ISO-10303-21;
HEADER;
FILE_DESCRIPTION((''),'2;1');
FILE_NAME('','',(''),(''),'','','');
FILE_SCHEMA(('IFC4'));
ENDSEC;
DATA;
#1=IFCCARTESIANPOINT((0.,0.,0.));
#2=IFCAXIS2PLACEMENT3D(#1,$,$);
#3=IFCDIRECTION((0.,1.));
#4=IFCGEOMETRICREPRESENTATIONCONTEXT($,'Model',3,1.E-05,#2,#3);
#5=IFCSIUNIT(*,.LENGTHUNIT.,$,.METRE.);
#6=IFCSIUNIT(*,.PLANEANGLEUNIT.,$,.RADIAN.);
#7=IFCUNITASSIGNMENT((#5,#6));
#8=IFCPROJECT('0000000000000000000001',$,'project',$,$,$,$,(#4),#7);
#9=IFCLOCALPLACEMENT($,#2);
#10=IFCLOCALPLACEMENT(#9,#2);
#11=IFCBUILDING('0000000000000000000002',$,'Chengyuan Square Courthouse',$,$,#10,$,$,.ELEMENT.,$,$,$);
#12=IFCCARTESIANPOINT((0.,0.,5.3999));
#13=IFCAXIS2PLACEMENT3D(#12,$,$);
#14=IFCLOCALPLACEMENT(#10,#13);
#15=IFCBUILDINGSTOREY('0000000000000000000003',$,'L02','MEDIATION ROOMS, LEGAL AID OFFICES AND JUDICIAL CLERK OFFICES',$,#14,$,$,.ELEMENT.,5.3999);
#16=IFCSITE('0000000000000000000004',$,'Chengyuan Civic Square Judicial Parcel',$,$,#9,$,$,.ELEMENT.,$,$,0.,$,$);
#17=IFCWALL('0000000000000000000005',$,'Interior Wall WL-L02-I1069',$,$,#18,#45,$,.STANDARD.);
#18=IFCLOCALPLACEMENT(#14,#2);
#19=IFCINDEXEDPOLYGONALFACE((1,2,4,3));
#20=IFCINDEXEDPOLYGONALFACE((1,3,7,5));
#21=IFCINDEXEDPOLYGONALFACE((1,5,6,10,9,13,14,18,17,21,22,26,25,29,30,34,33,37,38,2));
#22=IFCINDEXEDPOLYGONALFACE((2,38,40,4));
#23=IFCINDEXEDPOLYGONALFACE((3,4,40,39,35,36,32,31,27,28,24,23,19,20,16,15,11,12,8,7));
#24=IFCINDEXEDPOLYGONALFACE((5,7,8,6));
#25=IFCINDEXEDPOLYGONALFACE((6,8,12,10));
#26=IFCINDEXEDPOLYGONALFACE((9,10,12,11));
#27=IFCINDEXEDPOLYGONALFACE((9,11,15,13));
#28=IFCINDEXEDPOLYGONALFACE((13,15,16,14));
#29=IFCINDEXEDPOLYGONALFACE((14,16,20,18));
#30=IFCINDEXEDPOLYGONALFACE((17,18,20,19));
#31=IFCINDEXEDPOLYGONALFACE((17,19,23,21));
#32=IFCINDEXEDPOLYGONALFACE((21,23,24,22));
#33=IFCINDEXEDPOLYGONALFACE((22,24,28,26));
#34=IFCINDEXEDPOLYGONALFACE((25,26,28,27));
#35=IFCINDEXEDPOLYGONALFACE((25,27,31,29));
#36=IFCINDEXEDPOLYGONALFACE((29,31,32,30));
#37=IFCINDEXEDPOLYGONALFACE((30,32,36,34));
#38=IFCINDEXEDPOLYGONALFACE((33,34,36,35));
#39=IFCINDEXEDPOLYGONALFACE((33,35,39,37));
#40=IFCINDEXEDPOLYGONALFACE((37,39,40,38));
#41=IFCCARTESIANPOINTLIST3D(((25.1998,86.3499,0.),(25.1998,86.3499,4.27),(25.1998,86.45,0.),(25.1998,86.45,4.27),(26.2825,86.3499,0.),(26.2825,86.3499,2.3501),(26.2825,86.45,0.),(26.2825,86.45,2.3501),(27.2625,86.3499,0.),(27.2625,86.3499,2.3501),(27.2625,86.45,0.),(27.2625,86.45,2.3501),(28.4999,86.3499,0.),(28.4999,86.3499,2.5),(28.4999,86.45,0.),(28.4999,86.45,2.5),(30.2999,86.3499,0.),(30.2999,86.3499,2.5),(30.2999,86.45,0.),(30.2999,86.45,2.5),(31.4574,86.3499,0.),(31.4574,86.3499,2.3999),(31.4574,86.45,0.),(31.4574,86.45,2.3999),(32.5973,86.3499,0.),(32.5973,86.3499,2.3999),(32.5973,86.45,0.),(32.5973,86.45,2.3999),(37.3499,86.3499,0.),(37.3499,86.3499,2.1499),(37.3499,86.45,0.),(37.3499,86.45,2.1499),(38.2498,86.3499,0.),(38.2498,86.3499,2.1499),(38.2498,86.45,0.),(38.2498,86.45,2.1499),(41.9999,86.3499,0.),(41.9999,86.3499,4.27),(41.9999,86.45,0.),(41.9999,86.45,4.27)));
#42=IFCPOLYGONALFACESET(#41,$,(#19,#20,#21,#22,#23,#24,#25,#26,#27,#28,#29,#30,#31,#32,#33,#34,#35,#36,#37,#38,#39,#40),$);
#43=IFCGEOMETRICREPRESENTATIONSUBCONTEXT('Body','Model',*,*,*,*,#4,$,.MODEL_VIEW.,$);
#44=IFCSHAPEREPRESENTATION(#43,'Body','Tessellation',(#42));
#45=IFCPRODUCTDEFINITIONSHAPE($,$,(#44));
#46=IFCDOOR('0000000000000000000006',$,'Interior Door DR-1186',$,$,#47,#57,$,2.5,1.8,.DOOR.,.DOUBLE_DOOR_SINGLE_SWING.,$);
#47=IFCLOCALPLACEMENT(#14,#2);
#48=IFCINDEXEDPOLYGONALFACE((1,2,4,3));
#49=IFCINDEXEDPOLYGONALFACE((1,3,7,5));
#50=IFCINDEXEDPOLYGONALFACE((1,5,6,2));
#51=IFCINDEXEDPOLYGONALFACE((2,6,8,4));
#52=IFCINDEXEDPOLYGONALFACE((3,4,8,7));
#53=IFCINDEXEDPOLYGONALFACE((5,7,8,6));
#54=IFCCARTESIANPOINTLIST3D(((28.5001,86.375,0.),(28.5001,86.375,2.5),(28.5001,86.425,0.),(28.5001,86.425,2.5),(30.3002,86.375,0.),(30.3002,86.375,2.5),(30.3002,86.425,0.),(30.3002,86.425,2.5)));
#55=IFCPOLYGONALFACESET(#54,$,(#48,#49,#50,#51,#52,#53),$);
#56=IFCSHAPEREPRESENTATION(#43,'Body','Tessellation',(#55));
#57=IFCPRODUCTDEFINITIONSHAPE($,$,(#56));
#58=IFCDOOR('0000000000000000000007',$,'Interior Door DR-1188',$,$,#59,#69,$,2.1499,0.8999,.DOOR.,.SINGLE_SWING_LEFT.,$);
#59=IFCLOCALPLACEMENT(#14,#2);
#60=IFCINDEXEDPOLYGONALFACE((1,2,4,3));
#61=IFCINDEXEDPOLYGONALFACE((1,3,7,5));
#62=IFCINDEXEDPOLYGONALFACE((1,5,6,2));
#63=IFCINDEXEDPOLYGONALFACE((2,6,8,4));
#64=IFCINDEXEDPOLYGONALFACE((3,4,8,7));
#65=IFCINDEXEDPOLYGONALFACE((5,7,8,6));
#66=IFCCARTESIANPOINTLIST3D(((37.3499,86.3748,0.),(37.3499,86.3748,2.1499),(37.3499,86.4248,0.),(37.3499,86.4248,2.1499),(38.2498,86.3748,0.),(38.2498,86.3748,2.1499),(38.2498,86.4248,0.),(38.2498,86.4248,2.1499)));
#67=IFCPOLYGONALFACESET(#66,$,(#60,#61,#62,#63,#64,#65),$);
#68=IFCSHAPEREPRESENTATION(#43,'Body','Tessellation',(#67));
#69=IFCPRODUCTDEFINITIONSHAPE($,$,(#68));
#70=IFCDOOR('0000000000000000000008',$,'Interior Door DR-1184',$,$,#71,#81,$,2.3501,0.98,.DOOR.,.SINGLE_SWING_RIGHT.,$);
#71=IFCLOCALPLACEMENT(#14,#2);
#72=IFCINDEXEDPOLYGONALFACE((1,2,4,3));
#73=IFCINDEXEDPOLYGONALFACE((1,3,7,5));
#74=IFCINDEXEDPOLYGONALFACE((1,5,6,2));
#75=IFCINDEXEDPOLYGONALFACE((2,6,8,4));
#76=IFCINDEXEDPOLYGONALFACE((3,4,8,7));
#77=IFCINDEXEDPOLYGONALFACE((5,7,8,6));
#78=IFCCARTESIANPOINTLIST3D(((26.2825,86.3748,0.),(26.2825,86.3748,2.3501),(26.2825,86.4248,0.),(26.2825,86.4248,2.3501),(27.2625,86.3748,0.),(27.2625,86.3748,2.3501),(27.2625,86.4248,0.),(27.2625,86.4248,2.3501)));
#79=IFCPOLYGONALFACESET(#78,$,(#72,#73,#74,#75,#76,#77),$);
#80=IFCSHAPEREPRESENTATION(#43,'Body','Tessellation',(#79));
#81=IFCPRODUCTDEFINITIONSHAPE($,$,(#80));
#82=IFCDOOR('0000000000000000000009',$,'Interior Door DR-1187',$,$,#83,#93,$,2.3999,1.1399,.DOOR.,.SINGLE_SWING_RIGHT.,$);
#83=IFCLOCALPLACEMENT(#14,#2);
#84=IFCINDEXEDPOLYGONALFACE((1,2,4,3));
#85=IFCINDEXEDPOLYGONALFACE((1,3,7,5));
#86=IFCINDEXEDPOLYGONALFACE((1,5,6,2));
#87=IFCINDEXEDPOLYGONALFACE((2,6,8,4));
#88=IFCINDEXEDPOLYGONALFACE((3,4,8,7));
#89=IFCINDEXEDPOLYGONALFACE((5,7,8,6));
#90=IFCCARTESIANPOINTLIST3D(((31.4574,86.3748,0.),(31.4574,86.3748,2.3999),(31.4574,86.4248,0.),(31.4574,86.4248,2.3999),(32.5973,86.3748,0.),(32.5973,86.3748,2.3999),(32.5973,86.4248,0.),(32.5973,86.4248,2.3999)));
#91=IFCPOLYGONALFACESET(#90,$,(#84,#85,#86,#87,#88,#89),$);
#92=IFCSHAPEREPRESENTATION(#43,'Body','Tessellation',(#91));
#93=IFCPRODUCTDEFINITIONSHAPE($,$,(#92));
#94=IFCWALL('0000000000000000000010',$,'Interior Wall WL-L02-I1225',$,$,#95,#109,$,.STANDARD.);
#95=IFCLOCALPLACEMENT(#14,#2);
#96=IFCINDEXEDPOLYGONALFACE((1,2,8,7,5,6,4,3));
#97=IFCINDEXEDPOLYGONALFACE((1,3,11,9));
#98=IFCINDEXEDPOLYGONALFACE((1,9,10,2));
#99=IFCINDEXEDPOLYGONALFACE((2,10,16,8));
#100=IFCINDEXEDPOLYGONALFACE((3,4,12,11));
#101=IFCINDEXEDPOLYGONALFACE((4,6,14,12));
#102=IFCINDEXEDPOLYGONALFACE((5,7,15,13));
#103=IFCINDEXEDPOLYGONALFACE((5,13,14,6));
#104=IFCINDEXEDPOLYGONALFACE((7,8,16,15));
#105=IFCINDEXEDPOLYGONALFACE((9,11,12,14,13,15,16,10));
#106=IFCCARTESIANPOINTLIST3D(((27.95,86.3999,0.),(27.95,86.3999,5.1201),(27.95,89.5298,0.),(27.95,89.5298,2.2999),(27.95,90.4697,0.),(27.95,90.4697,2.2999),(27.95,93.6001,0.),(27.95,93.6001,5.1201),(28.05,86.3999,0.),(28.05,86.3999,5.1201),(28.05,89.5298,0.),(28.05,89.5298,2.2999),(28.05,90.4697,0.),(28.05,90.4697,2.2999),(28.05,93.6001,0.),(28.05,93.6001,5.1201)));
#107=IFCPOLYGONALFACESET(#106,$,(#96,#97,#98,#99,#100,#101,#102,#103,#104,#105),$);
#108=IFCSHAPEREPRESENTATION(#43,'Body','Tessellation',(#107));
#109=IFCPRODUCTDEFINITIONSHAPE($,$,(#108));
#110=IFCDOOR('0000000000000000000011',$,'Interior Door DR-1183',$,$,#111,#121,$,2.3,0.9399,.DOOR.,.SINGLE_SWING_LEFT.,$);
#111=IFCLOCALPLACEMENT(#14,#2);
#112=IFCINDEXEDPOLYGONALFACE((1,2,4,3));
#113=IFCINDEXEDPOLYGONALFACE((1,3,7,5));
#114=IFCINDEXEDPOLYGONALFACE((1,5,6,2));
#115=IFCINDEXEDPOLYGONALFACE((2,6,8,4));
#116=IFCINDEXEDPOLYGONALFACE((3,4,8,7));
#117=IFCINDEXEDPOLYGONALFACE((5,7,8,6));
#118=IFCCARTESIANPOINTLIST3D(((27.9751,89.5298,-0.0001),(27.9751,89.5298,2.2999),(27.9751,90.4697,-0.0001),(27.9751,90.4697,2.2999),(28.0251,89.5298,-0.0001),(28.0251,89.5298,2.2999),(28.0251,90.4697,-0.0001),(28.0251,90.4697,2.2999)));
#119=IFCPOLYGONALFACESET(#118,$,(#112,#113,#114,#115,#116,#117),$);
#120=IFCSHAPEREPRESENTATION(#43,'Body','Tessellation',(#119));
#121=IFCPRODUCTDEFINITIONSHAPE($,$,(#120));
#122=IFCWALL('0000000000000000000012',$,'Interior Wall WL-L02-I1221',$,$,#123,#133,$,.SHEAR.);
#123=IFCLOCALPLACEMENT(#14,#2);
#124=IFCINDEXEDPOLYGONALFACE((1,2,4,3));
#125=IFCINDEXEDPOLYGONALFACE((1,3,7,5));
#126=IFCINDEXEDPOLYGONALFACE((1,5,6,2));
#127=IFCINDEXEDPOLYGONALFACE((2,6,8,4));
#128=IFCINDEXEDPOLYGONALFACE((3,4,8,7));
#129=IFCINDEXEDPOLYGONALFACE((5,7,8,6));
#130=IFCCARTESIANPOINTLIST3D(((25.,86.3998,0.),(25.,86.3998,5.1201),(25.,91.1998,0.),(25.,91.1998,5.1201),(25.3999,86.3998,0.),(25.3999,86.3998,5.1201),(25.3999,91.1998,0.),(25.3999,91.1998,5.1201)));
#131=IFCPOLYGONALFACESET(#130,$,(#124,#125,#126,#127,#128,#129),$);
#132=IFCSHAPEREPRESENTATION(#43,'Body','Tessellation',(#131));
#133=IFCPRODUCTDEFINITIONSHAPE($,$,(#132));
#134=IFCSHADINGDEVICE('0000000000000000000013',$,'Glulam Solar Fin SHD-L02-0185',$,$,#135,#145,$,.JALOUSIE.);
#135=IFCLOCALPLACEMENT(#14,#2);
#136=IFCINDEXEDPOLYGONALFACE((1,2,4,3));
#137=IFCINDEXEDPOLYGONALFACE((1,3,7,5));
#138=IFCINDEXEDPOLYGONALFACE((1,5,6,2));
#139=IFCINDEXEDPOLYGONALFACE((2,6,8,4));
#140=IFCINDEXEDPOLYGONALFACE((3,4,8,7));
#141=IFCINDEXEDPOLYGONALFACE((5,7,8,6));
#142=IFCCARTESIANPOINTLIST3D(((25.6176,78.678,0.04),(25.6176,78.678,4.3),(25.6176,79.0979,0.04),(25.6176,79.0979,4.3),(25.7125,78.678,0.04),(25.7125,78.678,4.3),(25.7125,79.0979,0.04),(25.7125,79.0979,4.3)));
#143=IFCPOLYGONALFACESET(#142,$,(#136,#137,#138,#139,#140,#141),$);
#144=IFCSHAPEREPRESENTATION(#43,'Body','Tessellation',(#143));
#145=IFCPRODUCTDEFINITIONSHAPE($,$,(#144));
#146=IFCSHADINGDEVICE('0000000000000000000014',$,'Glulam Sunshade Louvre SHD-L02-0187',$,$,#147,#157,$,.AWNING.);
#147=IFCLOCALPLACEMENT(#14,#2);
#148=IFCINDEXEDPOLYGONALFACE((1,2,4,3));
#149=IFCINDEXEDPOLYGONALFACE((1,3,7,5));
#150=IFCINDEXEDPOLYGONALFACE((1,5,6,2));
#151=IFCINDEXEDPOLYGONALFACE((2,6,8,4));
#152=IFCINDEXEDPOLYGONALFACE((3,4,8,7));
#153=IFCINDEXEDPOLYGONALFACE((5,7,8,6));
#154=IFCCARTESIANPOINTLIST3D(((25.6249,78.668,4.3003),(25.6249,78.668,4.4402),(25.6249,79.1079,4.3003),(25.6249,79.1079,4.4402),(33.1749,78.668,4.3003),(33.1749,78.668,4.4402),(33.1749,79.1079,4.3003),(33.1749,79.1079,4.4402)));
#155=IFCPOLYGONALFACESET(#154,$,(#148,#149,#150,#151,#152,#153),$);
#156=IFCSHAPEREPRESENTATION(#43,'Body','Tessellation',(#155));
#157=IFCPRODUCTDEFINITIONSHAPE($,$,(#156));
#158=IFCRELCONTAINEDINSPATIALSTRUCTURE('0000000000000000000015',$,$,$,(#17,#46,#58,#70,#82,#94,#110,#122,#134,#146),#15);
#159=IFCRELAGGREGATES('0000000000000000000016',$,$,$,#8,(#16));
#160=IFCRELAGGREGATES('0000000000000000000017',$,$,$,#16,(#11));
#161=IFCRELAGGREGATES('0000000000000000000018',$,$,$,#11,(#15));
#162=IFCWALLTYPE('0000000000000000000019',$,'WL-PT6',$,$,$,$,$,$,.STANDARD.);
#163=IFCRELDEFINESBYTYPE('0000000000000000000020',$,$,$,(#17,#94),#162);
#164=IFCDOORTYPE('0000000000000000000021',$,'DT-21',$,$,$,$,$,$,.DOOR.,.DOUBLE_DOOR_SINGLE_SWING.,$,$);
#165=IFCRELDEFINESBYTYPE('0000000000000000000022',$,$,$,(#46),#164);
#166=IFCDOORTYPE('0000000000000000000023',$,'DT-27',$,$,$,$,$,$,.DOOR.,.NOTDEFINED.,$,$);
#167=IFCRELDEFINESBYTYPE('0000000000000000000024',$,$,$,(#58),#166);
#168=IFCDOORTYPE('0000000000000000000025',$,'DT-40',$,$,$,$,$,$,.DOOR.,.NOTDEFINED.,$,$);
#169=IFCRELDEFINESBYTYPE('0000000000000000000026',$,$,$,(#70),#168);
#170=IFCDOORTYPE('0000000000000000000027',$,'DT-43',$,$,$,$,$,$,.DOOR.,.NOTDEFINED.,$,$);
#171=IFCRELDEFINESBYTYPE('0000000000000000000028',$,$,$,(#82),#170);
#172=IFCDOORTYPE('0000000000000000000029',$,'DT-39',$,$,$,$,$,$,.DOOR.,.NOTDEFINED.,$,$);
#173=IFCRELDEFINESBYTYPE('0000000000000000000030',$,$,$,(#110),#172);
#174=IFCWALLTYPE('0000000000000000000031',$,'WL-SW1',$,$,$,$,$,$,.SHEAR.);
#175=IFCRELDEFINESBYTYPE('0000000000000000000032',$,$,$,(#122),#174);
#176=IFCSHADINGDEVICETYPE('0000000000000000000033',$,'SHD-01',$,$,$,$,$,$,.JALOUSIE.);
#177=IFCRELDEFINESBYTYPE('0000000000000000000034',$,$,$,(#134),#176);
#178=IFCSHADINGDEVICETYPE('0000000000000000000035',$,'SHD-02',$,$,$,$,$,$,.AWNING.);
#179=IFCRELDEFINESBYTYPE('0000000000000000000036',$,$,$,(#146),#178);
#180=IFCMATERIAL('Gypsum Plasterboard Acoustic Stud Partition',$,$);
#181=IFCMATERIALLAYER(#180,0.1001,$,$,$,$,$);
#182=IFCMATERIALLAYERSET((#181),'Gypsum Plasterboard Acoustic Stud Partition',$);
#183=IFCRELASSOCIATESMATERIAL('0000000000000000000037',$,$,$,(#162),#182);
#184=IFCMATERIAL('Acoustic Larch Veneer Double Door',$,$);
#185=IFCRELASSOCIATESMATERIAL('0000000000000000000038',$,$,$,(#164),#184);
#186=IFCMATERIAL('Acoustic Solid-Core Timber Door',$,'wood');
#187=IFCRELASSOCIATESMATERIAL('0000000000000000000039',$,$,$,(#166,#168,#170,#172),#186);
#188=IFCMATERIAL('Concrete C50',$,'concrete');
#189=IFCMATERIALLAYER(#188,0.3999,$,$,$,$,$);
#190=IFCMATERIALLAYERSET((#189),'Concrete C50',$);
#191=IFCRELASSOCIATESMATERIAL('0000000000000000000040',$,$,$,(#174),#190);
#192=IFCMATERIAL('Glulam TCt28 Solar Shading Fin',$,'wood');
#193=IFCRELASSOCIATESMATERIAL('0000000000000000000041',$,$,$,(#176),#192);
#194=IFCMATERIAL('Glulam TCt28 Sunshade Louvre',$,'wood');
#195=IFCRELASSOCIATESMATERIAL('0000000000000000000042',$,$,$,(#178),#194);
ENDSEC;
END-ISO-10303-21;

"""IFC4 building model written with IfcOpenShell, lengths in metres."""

from ifc_helpers import new_model, si_unit, direction, frame, frame_2d, origin, origin_2d, place, context, subcontext, project, spatial, rectangle, extrude, material, layer, layer_set, type_object, element, fill, save


model = new_model("IFC4")

# Units and contexts
model_context = context("Model", 3, precision=1e-05, world=origin(), true_north=direction((0.0, 1.0)))
body_context = subcontext(model_context, "Body", "Model", "MODEL_VIEW")
ifc_project = project(units=[si_unit("LENGTHUNIT", "METRE"), si_unit("PLANEANGLEUNIT", "RADIAN")], contexts=[model_context])

# Site, building, storey
site_placement = place(None, origin())
site = spatial("IfcSite", under=ifc_project, at=site_placement, Name="Chengyuan Civic Square Judicial Parcel", CompositionType="ELEMENT", RefElevation=0.0)
building_placement = place(site_placement, origin())
building = spatial("IfcBuilding", under=site, at=building_placement, Name="Chengyuan Square Courthouse", CompositionType="ELEMENT")
storey_placement = place(building_placement, frame((0.0, 0.0, 5.3999)))
storey = spatial("IfcBuildingStorey", under=building, at=storey_placement, Name="L02", Description="MEDIATION ROOMS, LEGAL AID OFFICES AND JUDICIAL CLERK OFFICES", CompositionType="ELEMENT", Elevation=5.3999)

# Shared definitions
ifc_material_1 = material(Name="Concrete C50", Category="concrete")

# Wall, openings, doors
ifc_material_2 = material(Name="Gypsum Plasterboard Acoustic Stud Partition")
ifc_layer_1 = layer(ifc_material_2, 0.1001)
ifc_layer_set_1 = layer_set([ifc_layer_1], Name="Gypsum Plasterboard Acoustic Stud Partition")
wall_type_1 = type_object("IfcWallType", Name="WL-PT6", PredefinedType="STANDARD", material=ifc_layer_set_1)
wall_1_placement = place(storey_placement, frame((25.2, 86.3999, 0.0), z_axis=(0.0, 0.0, 1.0), x_axis=(1.0, 0.0, 0.0)))
wall_1 = element("IfcWall", 1, at=wall_1_placement, inside=storey, type_object=wall_type_1, Name="Interior Wall WL-L02-I1069", PredefinedType="STANDARD", context=body_context, shape_type="SweptSolid", body=[
    extrude(rectangle(XDim=16.8, YDim=0.1001, at=frame_2d((8.3999, 0.0))), origin(), (0.0, 0.0, 1.0), 4.27),
])
opening_1_placement = place(wall_1_placement, frame((1.0825, 0.0, 0.0)))
opening_1 = element("IfcOpeningElement", 2, at=opening_1_placement, cuts=wall_1, PredefinedType="OPENING", context=body_context, shape_type="SweptSolid", body=[
    extrude(rectangle(XDim=0.98, YDim=2.3501, at=frame_2d((0.49, 1.175))), frame((0.0, 0.062, 0.0), z_axis=(0.0, -1.0, 0.0), x_axis=(1.0, 0.0, 0.0)), (0.0, 0.0, 1.0), 0.124),
])
opening_2_placement = place(wall_1_placement, frame((3.3, 0.0, 0.0)))
opening_2 = element("IfcOpeningElement", 3, at=opening_2_placement, cuts=wall_1, PredefinedType="OPENING", context=body_context, shape_type="SweptSolid", body=[
    extrude(rectangle(XDim=1.8, YDim=2.5, at=frame_2d((0.8999, 1.25))), frame((0.0, 0.062, 0.0), z_axis=(0.0, -1.0, 0.0), x_axis=(1.0, 0.0, 0.0)), (0.0, 0.0, 1.0), 0.124),
])
opening_3_placement = place(wall_1_placement, frame((6.2576, 0.0, 0.0)))
opening_3 = element("IfcOpeningElement", 4, at=opening_3_placement, cuts=wall_1, PredefinedType="OPENING", context=body_context, shape_type="SweptSolid", body=[
    extrude(rectangle(XDim=1.1399, YDim=2.3999, at=frame_2d((0.5698, 1.2))), frame((0.0, 0.062, 0.0), z_axis=(0.0, -1.0, 0.0), x_axis=(1.0, 0.0, 0.0)), (0.0, 0.0, 1.0), 0.124),
])
opening_4_placement = place(wall_1_placement, frame((12.1499, 0.0, 0.0)))
opening_4 = element("IfcOpeningElement", 5, at=opening_4_placement, cuts=wall_1, PredefinedType="OPENING", context=body_context, shape_type="SweptSolid", body=[
    extrude(rectangle(XDim=0.8999, YDim=2.1499, at=frame_2d((0.45, 1.075))), frame((0.0, 0.062, 0.0), z_axis=(0.0, -1.0, 0.0), x_axis=(1.0, 0.0, 0.0)), (0.0, 0.0, 1.0), 0.124),
])
ifc_material_3 = material(Name="Acoustic Larch Veneer Double Door")
door_type_1 = type_object("IfcDoorType", Name="DT-21", OperationType="DOUBLE_DOOR_SINGLE_SWING", PredefinedType="DOOR", material=ifc_material_3)
door_1_placement = place(opening_2_placement, frame((1.8, 0.0, 0.0), z_axis=(0.0, 0.0, 1.0), x_axis=(-1.0, 0.0, 0.0)))
door_1 = element("IfcDoor", 6, at=door_1_placement, inside=storey, type_object=door_type_1, Name="Interior Door DR-1186", OperationType="DOUBLE_DOOR_SINGLE_SWING", OverallHeight=2.5, OverallWidth=1.8, PredefinedType="DOOR", context=body_context, shape_type="SweptSolid", body=[
    extrude(rectangle(XDim=1.8, YDim=2.5, at=frame_2d((0.8999, 1.25))), frame((0.0, 0.0249, 0.0), z_axis=(0.0, -1.0, 0.0), x_axis=(1.0, 0.0, 0.0)), (0.0, 0.0, 1.0), 0.05),
])
fill(opening_2, door_1)
ifc_material_4 = material(Name="Acoustic Solid-Core Timber Door", Category="wood")
door_type_2 = type_object("IfcDoorType", Name="DT-27", OperationType="NOTDEFINED", PredefinedType="DOOR", material=ifc_material_4)
door_2_placement = place(opening_4_placement, origin())
door_2 = element("IfcDoor", 7, at=door_2_placement, inside=storey, type_object=door_type_2, Name="Interior Door DR-1188", OperationType="SINGLE_SWING_LEFT", OverallHeight=2.1499, OverallWidth=0.8999, PredefinedType="DOOR", context=body_context, shape_type="SweptSolid", body=[
    extrude(rectangle(XDim=0.8999, YDim=2.1499, at=frame_2d((0.45, 1.075))), frame((0.0, 0.0249, 0.0), z_axis=(0.0, -1.0, 0.0), x_axis=(1.0, 0.0, 0.0)), (0.0, 0.0, 1.0), 0.05),
])
fill(opening_4, door_2)
door_type_3 = type_object("IfcDoorType", Name="DT-40", OperationType="NOTDEFINED", PredefinedType="DOOR", material=ifc_material_4)
door_3_placement = place(opening_1_placement, origin())
door_3 = element("IfcDoor", 8, at=door_3_placement, inside=storey, type_object=door_type_3, Name="Interior Door DR-1184", OperationType="SINGLE_SWING_RIGHT", OverallHeight=2.3501, OverallWidth=0.98, PredefinedType="DOOR", context=body_context, shape_type="SweptSolid", body=[
    extrude(rectangle(XDim=0.98, YDim=2.3501, at=frame_2d((0.49, 1.175))), frame((0.0, 0.0249, 0.0), z_axis=(0.0, -1.0, 0.0), x_axis=(1.0, 0.0, 0.0)), (0.0, 0.0, 1.0), 0.05),
])
fill(opening_1, door_3)
door_type_4 = type_object("IfcDoorType", Name="DT-43", OperationType="NOTDEFINED", PredefinedType="DOOR", material=ifc_material_4)
door_4_placement = place(opening_3_placement, origin())
door_4 = element("IfcDoor", 9, at=door_4_placement, inside=storey, type_object=door_type_4, Name="Interior Door DR-1187", OperationType="SINGLE_SWING_RIGHT", OverallHeight=2.3999, OverallWidth=1.1399, PredefinedType="DOOR", context=body_context, shape_type="SweptSolid", body=[
    extrude(rectangle(XDim=1.1399, YDim=2.3999, at=frame_2d((0.5698, 1.2))), frame((0.0, 0.0249, 0.0), z_axis=(0.0, -1.0, 0.0), x_axis=(1.0, 0.0, 0.0)), (0.0, 0.0, 1.0), 0.05),
])
fill(opening_3, door_4)

# Wall, opening, door
wall_2_placement = place(storey_placement, frame((28.0, 86.3999, 0.0), z_axis=(0.0, 0.0, 1.0), x_axis=(0.0, 1.0, 0.0)))
wall_2 = element("IfcWall", 10, at=wall_2_placement, inside=storey, type_object=wall_type_1, Name="Interior Wall WL-L02-I1225", PredefinedType="STANDARD", context=body_context, shape_type="SweptSolid", body=[
    extrude(rectangle(XDim=7.2002, YDim=0.1001, at=frame_2d((3.6001, 0.0))), origin(), (0.0, 0.0, 1.0), 5.1201),
])
opening_5_placement = place(wall_2_placement, frame((3.1299, 0.0, 0.0)))
opening_5 = element("IfcOpeningElement", 11, at=opening_5_placement, cuts=wall_2, PredefinedType="OPENING", context=body_context, shape_type="SweptSolid", body=[
    extrude(rectangle(XDim=0.9399, YDim=2.3, at=frame_2d((0.47, 1.1499))), frame((0.0, 0.062, 0.0), z_axis=(0.0, -1.0, 0.0), x_axis=(1.0, 0.0, 0.0)), (0.0, 0.0, 1.0), 0.124),
])
door_type_5 = type_object("IfcDoorType", Name="DT-39", OperationType="NOTDEFINED", PredefinedType="DOOR", material=ifc_material_4)
door_5_placement = place(opening_5_placement, origin())
door_5 = element("IfcDoor", 12, at=door_5_placement, inside=storey, type_object=door_type_5, Name="Interior Door DR-1183", OperationType="SINGLE_SWING_LEFT", OverallHeight=2.3, OverallWidth=0.9399, PredefinedType="DOOR", context=body_context, shape_type="SweptSolid", body=[
    extrude(rectangle(XDim=0.9399, YDim=2.3, at=frame_2d((0.47, 1.1499))), frame((0.0, 0.0249, 0.0), z_axis=(0.0, -1.0, 0.0), x_axis=(1.0, 0.0, 0.0)), (0.0, 0.0, 1.0), 0.05),
])
fill(opening_5, door_5)

# Wall
ifc_layer_2 = layer(ifc_material_1, 0.3999)
ifc_layer_set_2 = layer_set([ifc_layer_2], Name="Concrete C50")
wall_type_2 = type_object("IfcWallType", Name="WL-SW1", PredefinedType="SHEAR", material=ifc_layer_set_2)
wall_3_placement = place(storey_placement, frame((25.2, 86.3999, 0.0), z_axis=(0.0, 0.0, 1.0), x_axis=(0.0, 1.0, 0.0)))
element("IfcWall", 13, at=wall_3_placement, inside=storey, type_object=wall_type_2, Name="Interior Wall WL-L02-I1221", PredefinedType="SHEAR", context=body_context, shape_type="SweptSolid", body=[
    extrude(rectangle(XDim=4.8, YDim=0.3999, at=frame_2d((2.3999, 0.0))), origin(), (0.0, 0.0, 1.0), 5.1201),
])

# Shading devices
ifc_material_5 = material(Name="Glulam TCt28 Solar Shading Fin", Category="wood")
shading_device_type_1 = type_object("IfcShadingDeviceType", Name="SHD-01", PredefinedType="JALOUSIE", material=ifc_material_5)
shading_device_1_placement = place(storey_placement, frame((25.665, 78.8879, 0.04), z_axis=(0.0, 0.0, 1.0), x_axis=(0.0, 1.0, 0.0)))
element("IfcShadingDevice", 14, at=shading_device_1_placement, inside=storey, type_object=shading_device_type_1, Name="Glulam Solar Fin SHD-L02-0185", PredefinedType="JALOUSIE", context=body_context, shape_type="SweptSolid", body=[
    extrude(rectangle(XDim=0.4199, YDim=0.095, at=origin_2d()), origin(), (0.0, 0.0, 1.0), 4.26),
])
ifc_material_6 = material(Name="Glulam TCt28 Sunshade Louvre", Category="wood")
shading_device_type_2 = type_object("IfcShadingDeviceType", Name="SHD-02", PredefinedType="AWNING", material=ifc_material_6)
shading_device_2_placement = place(storey_placement, frame((29.3999, 78.8879, 4.3003), z_axis=(0.0, 0.0, 1.0), x_axis=(1.0, 0.0, 0.0)))
element("IfcShadingDevice", 15, at=shading_device_2_placement, inside=storey, type_object=shading_device_type_2, Name="Glulam Sunshade Louvre SHD-L02-0187", PredefinedType="AWNING", context=body_context, shape_type="SweptSolid", body=[
    extrude(rectangle(XDim=7.55, YDim=0.4399, at=origin_2d()), origin(), (0.0, 0.0, 1.0), 0.1399),
])

save(model, "model.ifc")
